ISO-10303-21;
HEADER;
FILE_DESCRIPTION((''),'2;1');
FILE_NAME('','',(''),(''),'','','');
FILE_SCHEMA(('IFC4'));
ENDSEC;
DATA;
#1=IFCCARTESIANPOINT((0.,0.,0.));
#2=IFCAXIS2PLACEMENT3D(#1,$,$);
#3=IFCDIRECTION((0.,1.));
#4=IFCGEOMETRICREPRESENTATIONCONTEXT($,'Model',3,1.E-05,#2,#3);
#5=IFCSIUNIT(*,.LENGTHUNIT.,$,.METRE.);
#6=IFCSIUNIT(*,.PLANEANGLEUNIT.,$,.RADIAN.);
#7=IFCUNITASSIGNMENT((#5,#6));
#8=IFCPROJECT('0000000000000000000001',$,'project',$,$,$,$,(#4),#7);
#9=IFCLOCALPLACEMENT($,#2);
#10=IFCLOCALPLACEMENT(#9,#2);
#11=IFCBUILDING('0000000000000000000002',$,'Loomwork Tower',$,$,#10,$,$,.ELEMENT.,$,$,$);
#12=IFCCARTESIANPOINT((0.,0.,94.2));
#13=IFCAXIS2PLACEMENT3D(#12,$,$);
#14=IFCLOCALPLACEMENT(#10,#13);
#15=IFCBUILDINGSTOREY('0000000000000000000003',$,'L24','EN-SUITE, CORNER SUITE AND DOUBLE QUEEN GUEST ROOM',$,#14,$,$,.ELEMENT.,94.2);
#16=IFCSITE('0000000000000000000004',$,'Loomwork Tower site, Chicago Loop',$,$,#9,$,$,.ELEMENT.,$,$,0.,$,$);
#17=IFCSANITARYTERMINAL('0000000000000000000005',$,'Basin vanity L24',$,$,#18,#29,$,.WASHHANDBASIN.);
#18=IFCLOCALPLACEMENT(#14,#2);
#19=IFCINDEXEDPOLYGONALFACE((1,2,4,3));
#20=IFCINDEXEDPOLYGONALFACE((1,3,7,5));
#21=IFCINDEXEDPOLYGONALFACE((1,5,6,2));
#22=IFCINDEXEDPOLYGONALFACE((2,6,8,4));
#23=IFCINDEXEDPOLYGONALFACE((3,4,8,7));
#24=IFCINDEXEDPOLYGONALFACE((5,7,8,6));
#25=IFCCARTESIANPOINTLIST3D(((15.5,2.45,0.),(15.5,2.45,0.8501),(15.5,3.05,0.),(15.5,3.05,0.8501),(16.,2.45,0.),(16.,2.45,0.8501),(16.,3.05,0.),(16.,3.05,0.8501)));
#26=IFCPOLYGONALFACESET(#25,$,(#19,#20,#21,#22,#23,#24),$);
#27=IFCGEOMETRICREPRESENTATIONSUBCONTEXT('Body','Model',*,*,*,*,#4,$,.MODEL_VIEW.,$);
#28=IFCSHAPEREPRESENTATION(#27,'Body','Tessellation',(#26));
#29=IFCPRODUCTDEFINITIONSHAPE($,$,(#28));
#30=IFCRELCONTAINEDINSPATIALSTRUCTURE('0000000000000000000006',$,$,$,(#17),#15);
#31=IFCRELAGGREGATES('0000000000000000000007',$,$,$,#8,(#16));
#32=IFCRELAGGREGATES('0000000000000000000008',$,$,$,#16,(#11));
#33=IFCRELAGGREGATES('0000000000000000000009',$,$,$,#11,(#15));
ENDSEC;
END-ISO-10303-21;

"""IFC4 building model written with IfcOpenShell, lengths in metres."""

from ifc_helpers import new_model, si_unit, direction, frame, origin, origin_2d, place, context, subcontext, project, spatial, rectangle, extrude, element, save


model = new_model("IFC4")

# Units and contexts
model_context = context("Model", 3, precision=1e-05, world=origin(), true_north=direction((0.0, 1.0)))
body_context = subcontext(model_context, "Body", "Model", "MODEL_VIEW")
ifc_project = project(units=[si_unit("LENGTHUNIT", "METRE"), si_unit("PLANEANGLEUNIT", "RADIAN")], contexts=[model_context])

# Site, building, storey
site_placement = place(None, origin())
site = spatial("IfcSite", under=ifc_project, at=site_placement, Name="Loomwork Tower site, Chicago Loop", CompositionType="ELEMENT", RefElevation=0.0)
building_placement = place(site_placement, origin())
building = spatial("IfcBuilding", under=site, at=building_placement, Name="Loomwork Tower", CompositionType="ELEMENT")
storey_placement = place(building_placement, frame((0.0, 0.0, 94.2)))
storey = spatial("IfcBuildingStorey", under=building, at=storey_placement, Name="L24", Description="EN-SUITE, CORNER SUITE AND DOUBLE QUEEN GUEST ROOM", CompositionType="ELEMENT", Elevation=94.2)

# Sanitary terminal
for number, where, z_axis, x_axis, name in (
    (1, (15.75, 2.75, 0.0), (0.0, 0.0, 1.0), (1.0, 0.0, 0.0), "Basin vanity L24"),
):
    element("IfcSanitaryTerminal", number, at=place(storey_placement, frame(where, z_axis=z_axis, x_axis=x_axis)), inside=storey, Name=name, PredefinedType="WASHHANDBASIN", context=body_context, shape_type="SweptSolid", body=[
        extrude(rectangle(XDim=0.5, YDim=0.6001, at=origin_2d()), origin(), (0.0, 0.0, 1.0), 0.8501),
    ])

save(model, "model.ifc")
